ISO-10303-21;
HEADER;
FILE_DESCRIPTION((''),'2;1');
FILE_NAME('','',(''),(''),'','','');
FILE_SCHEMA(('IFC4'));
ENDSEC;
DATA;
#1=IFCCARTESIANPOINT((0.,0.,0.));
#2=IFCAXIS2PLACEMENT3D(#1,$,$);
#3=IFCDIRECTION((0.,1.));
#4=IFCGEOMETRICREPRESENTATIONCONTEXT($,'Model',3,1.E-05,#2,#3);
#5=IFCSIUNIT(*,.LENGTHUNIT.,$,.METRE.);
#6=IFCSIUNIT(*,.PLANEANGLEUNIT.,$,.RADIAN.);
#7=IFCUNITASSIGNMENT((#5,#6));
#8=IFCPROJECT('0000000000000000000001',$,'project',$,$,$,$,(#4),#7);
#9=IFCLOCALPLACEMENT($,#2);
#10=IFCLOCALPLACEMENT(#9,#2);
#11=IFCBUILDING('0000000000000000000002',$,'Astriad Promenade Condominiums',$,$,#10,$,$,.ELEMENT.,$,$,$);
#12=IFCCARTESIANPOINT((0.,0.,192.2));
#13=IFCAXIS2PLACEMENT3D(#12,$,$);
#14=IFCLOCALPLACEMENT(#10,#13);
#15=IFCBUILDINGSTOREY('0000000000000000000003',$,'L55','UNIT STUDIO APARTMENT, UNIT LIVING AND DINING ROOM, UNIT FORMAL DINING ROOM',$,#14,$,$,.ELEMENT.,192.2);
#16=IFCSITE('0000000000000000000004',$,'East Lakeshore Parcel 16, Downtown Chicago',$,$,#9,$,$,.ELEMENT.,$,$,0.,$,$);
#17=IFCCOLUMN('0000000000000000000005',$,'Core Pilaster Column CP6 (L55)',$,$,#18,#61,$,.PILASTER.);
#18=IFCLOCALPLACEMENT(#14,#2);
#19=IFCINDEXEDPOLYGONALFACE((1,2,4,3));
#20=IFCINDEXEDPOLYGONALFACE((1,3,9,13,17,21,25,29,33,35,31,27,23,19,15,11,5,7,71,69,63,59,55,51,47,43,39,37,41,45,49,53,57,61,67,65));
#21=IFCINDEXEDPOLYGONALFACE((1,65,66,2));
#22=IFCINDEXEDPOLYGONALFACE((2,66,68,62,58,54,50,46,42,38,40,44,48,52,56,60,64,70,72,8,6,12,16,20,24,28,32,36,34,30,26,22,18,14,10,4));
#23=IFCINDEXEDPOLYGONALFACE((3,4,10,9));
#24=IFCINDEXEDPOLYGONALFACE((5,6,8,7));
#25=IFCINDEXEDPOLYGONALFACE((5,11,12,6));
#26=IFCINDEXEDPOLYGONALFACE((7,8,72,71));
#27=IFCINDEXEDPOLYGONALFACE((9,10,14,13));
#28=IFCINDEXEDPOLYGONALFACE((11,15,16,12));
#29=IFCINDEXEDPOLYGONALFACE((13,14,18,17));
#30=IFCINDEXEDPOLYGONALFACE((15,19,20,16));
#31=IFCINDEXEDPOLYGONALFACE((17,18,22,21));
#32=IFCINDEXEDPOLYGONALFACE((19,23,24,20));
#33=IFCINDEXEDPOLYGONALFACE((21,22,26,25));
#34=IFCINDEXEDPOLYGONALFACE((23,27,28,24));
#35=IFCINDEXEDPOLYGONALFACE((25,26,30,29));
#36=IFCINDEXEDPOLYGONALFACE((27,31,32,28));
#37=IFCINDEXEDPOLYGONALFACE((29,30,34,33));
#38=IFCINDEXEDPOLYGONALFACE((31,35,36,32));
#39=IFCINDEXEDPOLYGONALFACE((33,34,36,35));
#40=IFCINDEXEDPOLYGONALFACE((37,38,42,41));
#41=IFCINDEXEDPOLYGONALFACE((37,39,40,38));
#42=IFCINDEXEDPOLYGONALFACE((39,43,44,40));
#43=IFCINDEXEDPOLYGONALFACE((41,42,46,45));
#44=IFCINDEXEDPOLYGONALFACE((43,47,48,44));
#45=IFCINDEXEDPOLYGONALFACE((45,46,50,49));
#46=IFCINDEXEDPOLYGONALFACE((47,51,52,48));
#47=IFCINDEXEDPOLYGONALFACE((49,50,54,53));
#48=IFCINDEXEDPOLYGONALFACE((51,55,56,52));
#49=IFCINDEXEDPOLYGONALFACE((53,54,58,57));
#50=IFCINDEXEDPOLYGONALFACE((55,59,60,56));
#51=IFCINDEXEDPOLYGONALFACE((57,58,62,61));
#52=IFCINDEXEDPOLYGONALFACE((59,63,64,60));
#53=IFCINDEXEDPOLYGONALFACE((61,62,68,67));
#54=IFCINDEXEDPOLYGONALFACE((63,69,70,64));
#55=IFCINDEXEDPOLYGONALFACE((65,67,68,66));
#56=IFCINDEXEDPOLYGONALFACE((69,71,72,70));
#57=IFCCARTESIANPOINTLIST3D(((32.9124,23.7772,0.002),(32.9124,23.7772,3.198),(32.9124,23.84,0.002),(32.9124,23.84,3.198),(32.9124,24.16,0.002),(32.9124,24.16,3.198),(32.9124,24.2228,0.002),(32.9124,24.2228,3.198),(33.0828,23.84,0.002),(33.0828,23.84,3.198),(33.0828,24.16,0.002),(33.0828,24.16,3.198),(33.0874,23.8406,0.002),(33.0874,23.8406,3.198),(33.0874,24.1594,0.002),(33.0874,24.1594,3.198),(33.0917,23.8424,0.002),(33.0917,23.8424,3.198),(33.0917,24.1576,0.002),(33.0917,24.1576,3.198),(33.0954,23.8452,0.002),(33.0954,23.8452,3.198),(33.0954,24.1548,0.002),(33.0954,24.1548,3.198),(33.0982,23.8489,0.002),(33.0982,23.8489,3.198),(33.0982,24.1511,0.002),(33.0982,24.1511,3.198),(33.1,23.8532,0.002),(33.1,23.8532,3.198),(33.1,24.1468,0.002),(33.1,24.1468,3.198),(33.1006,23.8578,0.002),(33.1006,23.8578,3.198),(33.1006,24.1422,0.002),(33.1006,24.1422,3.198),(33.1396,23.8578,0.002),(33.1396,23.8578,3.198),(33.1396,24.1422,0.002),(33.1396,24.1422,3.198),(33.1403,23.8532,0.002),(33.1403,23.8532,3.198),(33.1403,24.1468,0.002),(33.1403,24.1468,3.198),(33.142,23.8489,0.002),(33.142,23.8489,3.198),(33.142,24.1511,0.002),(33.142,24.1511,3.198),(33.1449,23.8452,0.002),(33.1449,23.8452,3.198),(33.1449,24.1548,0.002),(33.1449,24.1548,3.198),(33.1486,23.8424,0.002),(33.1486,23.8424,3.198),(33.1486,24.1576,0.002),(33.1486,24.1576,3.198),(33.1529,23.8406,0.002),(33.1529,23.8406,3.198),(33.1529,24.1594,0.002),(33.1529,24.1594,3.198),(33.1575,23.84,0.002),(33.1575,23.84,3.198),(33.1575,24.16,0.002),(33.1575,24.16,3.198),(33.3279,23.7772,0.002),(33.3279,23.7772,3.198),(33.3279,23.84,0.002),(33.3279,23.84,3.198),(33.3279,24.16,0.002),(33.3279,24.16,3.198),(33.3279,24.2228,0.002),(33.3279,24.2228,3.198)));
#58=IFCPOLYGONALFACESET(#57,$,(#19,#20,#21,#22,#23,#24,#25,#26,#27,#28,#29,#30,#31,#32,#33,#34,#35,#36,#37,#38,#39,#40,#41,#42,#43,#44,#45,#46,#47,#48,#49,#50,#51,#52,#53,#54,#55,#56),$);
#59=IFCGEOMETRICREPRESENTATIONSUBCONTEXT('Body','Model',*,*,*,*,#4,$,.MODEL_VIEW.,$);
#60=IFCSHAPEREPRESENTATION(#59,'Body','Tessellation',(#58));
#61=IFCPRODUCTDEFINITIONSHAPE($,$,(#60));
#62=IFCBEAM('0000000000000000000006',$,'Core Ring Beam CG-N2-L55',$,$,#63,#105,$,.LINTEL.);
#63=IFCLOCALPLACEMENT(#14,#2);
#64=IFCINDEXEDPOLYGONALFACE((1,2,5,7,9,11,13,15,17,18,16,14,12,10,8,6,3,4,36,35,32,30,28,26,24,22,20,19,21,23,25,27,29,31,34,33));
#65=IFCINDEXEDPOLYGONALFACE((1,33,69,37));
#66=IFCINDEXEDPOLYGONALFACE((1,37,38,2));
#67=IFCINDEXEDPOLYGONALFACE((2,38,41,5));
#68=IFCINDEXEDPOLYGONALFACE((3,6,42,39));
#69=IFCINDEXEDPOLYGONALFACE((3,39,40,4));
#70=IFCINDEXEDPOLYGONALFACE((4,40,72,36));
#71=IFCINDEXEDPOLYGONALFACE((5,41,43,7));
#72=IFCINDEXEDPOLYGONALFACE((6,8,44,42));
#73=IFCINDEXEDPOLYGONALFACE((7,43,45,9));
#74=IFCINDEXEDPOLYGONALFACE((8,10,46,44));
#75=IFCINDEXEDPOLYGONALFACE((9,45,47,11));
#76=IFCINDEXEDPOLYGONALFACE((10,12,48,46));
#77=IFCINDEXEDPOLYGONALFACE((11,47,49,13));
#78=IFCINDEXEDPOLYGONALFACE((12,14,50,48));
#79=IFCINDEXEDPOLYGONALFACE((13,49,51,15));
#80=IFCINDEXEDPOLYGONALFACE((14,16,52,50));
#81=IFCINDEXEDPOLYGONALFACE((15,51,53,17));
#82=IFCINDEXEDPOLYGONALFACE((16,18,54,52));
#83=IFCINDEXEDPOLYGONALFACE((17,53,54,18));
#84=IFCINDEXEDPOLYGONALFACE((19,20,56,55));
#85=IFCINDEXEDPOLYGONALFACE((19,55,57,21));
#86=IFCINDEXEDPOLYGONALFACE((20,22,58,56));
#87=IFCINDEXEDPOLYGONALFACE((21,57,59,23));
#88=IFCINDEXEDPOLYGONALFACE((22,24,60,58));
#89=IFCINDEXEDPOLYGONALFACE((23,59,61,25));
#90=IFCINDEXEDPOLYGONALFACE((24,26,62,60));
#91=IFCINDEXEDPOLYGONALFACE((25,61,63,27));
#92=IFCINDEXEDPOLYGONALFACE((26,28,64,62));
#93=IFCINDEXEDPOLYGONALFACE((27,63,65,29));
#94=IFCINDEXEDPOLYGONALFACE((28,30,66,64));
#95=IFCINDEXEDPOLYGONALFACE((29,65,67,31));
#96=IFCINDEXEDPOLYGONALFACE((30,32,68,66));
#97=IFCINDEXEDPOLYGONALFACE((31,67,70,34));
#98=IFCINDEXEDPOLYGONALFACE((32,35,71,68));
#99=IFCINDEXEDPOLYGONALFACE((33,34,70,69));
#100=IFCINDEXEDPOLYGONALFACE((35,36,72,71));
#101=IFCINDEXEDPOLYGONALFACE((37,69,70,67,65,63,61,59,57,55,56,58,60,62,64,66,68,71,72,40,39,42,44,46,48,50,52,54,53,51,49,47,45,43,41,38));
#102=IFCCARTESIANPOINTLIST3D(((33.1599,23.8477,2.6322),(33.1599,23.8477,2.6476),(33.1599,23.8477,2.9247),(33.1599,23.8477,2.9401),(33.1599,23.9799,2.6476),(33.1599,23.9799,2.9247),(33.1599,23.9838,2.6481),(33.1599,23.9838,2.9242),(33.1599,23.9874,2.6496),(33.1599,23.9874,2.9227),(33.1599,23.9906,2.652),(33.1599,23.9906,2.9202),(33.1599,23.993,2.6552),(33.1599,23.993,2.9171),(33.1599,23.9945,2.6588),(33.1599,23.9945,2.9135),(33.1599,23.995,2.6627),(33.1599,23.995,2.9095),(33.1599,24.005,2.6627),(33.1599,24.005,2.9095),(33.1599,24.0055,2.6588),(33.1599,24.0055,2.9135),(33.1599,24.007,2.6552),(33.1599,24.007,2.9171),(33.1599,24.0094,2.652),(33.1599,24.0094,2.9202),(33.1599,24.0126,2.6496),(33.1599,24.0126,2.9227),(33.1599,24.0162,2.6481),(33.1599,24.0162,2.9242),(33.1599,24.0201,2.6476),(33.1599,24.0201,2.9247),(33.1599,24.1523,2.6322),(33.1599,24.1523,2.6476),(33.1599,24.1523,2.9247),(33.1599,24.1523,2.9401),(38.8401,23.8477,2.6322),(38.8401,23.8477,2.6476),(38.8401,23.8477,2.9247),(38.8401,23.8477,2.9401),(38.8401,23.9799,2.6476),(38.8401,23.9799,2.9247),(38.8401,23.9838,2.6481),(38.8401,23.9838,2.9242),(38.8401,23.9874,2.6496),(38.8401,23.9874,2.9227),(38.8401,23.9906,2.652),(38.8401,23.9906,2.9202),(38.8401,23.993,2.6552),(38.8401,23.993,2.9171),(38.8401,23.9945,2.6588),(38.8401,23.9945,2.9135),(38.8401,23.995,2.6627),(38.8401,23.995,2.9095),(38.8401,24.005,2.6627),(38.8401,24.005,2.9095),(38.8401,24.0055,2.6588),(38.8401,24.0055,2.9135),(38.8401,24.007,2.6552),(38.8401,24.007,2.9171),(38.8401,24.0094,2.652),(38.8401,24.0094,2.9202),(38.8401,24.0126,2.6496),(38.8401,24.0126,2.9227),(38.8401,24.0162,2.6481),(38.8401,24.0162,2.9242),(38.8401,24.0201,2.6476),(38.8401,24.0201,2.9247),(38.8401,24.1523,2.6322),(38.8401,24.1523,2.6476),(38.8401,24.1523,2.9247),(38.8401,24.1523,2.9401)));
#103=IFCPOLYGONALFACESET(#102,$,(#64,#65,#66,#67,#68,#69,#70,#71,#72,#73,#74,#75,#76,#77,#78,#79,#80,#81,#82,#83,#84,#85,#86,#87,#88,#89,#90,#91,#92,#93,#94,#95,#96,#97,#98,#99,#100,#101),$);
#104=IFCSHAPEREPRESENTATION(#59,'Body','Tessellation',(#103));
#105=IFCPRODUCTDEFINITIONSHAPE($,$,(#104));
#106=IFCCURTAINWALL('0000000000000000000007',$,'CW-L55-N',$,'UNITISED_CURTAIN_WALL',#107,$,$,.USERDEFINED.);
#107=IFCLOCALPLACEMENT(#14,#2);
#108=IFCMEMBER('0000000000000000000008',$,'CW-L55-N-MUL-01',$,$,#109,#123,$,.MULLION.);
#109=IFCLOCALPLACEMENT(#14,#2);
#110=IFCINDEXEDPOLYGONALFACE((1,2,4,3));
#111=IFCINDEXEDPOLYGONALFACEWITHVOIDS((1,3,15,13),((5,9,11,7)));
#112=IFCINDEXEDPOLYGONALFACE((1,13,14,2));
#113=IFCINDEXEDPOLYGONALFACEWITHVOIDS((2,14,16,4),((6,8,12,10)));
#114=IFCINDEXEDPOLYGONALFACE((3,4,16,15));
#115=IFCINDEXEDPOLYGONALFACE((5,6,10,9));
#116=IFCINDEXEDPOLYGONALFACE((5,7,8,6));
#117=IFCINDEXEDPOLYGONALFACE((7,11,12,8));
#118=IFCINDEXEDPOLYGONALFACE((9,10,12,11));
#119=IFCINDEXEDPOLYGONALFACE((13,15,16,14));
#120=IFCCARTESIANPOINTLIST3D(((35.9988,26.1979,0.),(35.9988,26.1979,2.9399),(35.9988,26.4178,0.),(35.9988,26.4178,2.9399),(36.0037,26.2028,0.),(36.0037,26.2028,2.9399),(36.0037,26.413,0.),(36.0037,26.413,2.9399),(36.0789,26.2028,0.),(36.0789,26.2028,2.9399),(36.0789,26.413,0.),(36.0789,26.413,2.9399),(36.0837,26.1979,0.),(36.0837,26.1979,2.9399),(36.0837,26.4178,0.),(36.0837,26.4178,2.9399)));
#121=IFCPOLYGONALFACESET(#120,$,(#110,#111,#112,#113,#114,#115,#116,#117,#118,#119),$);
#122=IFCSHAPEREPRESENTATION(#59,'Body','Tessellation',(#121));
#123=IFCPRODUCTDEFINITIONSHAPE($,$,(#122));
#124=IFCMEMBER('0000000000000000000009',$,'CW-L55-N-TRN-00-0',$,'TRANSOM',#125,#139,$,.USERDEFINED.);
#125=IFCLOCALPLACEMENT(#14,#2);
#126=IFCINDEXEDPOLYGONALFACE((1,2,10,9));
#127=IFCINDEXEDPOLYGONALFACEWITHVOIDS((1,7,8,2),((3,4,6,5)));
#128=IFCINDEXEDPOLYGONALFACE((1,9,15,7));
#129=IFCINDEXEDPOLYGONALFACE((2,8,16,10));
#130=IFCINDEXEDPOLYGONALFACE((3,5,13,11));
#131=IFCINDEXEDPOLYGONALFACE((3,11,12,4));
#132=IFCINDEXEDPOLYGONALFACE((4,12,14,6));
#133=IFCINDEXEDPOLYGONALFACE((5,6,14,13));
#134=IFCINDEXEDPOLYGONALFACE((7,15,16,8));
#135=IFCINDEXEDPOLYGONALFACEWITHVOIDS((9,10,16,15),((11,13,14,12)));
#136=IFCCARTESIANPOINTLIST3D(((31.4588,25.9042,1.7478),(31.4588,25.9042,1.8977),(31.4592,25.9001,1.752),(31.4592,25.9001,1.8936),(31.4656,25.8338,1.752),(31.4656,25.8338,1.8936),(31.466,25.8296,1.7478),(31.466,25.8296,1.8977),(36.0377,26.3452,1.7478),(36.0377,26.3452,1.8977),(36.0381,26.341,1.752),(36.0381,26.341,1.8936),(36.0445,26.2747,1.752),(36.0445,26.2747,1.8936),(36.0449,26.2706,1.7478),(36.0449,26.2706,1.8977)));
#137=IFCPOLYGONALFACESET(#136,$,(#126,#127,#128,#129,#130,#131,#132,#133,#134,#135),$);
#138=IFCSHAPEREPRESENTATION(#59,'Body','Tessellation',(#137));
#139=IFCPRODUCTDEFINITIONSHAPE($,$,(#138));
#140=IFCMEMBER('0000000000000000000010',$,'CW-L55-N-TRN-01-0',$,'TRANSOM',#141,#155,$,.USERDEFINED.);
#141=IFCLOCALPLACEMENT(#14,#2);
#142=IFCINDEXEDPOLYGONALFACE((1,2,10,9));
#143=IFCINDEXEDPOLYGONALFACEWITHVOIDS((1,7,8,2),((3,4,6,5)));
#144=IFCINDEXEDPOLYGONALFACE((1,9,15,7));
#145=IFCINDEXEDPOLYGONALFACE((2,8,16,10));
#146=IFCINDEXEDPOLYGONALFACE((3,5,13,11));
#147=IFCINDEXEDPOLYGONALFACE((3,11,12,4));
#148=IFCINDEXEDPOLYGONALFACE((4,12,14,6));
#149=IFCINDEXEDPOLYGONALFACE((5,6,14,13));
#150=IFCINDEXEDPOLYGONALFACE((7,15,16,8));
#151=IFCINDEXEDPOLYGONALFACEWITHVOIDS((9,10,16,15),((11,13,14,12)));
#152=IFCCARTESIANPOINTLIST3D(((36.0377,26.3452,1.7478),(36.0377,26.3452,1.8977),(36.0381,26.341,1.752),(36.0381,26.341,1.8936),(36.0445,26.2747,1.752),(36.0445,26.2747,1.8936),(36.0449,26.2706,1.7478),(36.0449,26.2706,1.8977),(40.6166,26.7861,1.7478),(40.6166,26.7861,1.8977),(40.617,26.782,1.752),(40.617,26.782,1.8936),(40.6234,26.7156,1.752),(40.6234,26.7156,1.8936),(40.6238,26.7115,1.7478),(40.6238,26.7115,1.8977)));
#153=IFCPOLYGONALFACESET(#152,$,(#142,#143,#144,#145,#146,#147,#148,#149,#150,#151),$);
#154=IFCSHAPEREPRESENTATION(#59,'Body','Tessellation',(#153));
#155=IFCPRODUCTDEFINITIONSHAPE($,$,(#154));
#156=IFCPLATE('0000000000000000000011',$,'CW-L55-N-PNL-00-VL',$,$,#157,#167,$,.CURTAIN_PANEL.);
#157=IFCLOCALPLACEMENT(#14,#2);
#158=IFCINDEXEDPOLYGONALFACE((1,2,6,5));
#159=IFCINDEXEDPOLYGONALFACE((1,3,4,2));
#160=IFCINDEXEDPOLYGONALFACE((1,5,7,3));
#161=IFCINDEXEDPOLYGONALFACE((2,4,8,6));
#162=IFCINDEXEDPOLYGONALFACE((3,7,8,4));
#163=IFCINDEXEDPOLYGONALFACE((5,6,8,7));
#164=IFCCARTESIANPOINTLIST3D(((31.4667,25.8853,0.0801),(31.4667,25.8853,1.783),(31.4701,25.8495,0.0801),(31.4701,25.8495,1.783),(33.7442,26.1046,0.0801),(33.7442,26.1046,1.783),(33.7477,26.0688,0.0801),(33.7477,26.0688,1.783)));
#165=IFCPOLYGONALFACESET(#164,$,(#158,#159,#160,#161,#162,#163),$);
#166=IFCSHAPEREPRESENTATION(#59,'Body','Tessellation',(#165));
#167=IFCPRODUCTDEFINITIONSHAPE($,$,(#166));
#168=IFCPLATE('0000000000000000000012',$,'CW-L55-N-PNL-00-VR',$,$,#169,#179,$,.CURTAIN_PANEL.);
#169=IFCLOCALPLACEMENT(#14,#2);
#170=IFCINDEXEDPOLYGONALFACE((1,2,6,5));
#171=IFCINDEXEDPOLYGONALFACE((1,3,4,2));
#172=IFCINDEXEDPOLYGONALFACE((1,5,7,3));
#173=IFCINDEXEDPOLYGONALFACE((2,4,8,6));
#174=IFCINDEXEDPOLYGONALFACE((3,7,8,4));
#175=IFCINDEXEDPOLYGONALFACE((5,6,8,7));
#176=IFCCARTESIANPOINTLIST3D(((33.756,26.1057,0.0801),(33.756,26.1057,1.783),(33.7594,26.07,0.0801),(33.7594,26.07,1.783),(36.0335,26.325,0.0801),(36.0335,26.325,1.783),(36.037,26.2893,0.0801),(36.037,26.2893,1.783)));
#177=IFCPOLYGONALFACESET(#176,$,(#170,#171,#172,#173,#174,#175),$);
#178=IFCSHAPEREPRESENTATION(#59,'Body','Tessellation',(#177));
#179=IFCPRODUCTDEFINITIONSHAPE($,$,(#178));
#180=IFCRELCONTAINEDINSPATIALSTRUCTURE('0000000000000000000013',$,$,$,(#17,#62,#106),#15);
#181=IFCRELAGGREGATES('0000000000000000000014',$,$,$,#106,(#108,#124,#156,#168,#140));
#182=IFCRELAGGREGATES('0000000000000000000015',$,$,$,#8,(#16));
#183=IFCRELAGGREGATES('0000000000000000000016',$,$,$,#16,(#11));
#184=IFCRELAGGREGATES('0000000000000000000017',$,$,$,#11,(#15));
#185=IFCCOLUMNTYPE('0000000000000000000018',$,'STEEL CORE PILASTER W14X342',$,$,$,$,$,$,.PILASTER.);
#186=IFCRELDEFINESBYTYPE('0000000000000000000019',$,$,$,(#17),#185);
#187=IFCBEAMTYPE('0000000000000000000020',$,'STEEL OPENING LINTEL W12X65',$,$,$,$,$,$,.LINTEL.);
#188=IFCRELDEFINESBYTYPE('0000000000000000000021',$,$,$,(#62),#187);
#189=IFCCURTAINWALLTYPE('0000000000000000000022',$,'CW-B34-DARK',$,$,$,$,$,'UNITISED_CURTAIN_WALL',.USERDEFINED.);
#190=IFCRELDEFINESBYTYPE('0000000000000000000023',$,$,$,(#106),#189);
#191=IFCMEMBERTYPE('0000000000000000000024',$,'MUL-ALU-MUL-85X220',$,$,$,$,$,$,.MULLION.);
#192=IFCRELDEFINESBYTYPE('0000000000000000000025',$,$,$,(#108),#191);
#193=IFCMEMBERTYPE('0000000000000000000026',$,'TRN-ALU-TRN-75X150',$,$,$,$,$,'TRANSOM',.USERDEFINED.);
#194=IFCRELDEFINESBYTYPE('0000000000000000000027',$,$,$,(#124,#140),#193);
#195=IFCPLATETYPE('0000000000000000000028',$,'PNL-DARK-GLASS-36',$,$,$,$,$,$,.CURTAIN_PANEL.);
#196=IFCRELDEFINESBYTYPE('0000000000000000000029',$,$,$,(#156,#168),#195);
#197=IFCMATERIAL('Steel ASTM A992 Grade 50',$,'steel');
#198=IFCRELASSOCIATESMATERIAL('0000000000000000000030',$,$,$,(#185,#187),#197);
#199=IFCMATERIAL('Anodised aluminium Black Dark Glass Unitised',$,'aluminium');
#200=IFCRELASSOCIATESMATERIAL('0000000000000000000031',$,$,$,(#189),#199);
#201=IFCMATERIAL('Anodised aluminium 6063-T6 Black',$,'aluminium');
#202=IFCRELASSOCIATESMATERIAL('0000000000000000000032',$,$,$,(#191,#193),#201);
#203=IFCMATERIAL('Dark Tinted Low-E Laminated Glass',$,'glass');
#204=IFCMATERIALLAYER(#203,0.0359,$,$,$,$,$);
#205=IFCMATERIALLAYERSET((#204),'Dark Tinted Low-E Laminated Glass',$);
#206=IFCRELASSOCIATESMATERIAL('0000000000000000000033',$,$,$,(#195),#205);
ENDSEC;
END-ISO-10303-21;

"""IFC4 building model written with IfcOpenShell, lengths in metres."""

from ifc_helpers import new_model, si_unit, direction, frame, origin, origin_2d, place, context, subcontext, project, spatial, rectangle, hollow_rectangle, i_section, extrude, source, transform, mapped, material, layer, layer_set, material_profile, profile_set, type_object, type_shapes, element, aggregate, save


model = new_model("IFC4")

# Units and contexts
model_context = context("Model", 3, precision=1e-05, world=origin(), true_north=direction((0.0, 1.0)))
body_context = subcontext(model_context, "Body", "Model", "MODEL_VIEW")
ifc_project = project(units=[si_unit("LENGTHUNIT", "METRE"), si_unit("PLANEANGLEUNIT", "RADIAN")], contexts=[model_context])

# Site, building, storey
site_placement = place(None, origin())
site = spatial("IfcSite", under=ifc_project, at=site_placement, Name="East Lakeshore Parcel 16, Downtown Chicago", CompositionType="ELEMENT", RefElevation=0.0)
building_placement = place(site_placement, origin())
building = spatial("IfcBuilding", under=site, at=building_placement, Name="Astriad Promenade Condominiums", CompositionType="ELEMENT")
storey_placement = place(building_placement, frame((0.0, 0.0, 192.2)))
storey = spatial("IfcBuildingStorey", under=building, at=storey_placement, Name="L55", Description="UNIT STUDIO APARTMENT, UNIT LIVING AND DINING ROOM, UNIT FORMAL DINING ROOM", CompositionType="ELEMENT", Elevation=192.2)

# Column
ifc_material_1 = material(Name="Steel ASTM A992 Grade 50", Category="steel")
ifc_material_profile_1 = material_profile(ifc_material_1, i_section(OverallWidth=0.4155, OverallDepth=0.4456, WebThickness=0.0391, FlangeThickness=0.0627, FilletRadius=0.0178, at=origin_2d()), Name="W14X342")
ifc_profile_set_1 = profile_set([ifc_material_profile_1], Name="Steel ASTM A992 Grade 50")
column_type = type_object("IfcColumnType", Name="STEEL CORE PILASTER W14X342", PredefinedType="PILASTER", material=ifc_profile_set_1)
shared_shape_1 = source(origin(), body_context, "Body", "SweptSolid", [
    extrude(i_section(OverallWidth=0.4155, OverallDepth=0.4456, WebThickness=0.0391, FlangeThickness=0.0627, FilletRadius=0.0178, at=origin_2d()), origin(), (0.0, 0.0, 1.0), 3.196),
])
type_shapes(column_type, [shared_shape_1])
column_placement = place(storey_placement, frame((33.1201, 24.0, 0.002), z_axis=(0.0, 0.0, 1.0), x_axis=(1.0, 0.0, 0.0)))
element("IfcColumn", 1, at=column_placement, inside=storey, type_object=column_type, Name="Core Pilaster Column CP6 (L55)", PredefinedType="PILASTER", context=body_context, shape_type="MappedRepresentation", body=[
    mapped(shared_shape_1, transform((0.0, 0.0, 0.0), scale=1.0)),
])

# Beam
ifc_material_profile_2 = material_profile(ifc_material_1, i_section(OverallWidth=0.3047, OverallDepth=0.3079, WebThickness=0.01, FlangeThickness=0.0154, FilletRadius=0.0151, at=origin_2d()), Name="W12X65")
ifc_profile_set_2 = profile_set([ifc_material_profile_2], Name="Steel ASTM A992 Grade 50")
beam_type = type_object("IfcBeamType", Name="STEEL OPENING LINTEL W12X65", PredefinedType="LINTEL", material=ifc_profile_set_2)
shared_shape_2 = source(origin(), body_context, "Body", "SweptSolid", [
    extrude(i_section(OverallWidth=0.3047, OverallDepth=0.3079, WebThickness=0.01, FlangeThickness=0.0154, FilletRadius=0.0151, at=origin_2d()), origin(), (0.0, 0.0, 1.0), 5.6802),
])
type_shapes(beam_type, [shared_shape_2])
beam_placement = place(storey_placement, frame((33.1599, 24.0, 2.7861), z_axis=(1.0, 0.0, 0.0), x_axis=(0.0, 1.0, 0.0)))
element("IfcBeam", 2, at=beam_placement, inside=storey, type_object=beam_type, Name="Core Ring Beam CG-N2-L55", PredefinedType="LINTEL", context=body_context, shape_type="MappedRepresentation", body=[
    mapped(shared_shape_2, transform((0.0, 0.0, 0.0), scale=1.0)),
])

# Curtain wall, members, plates
ifc_material_2 = material(Name="Anodised aluminium Black Dark Glass Unitised", Category="aluminium")
curtain_wall_type = type_object("IfcCurtainWallType", Name="CW-B34-DARK", ElementType="UNITISED_CURTAIN_WALL", PredefinedType="USERDEFINED", material=ifc_material_2)
curtain_wall_placement = place(storey_placement, origin())
curtain_wall = element("IfcCurtainWall", 3, at=curtain_wall_placement, inside=storey, type_object=curtain_wall_type, Name="CW-L55-N", ObjectType="UNITISED_CURTAIN_WALL", PredefinedType="USERDEFINED")
ifc_material_3 = material(Name="Anodised aluminium 6063-T6 Black", Category="aluminium")
ifc_material_profile_3 = material_profile(ifc_material_3, hollow_rectangle(XDim=0.085, YDim=0.22, WallThickness=0.0049, at=origin_2d()), Name="ALU-MUL-85X220")
ifc_profile_set_3 = profile_set([ifc_material_profile_3], Name="Anodised aluminium 6063-T6 Black")
member_type_1 = type_object("IfcMemberType", Name="MUL-ALU-MUL-85X220", PredefinedType="MULLION", material=ifc_profile_set_3)
shared_shape_3 = source(origin(), body_context, "Body", "SweptSolid", [
    extrude(hollow_rectangle(XDim=0.085, YDim=0.22, WallThickness=0.0049, at=origin_2d()), origin(), (0.0, 0.0, 1.0), 2.9399),
])
type_shapes(member_type_1, [shared_shape_3])
member_1_placement = place(storey_placement, frame((36.0413, 26.3079, 0.0), z_axis=(0.0, 0.0, 1.0), x_axis=(1.0, 0.0, 0.0)))
member_1 = element("IfcMember", 4, at=member_1_placement, type_object=member_type_1, Name="CW-L55-N-MUL-01", PredefinedType="MULLION", context=body_context, shape_type="MappedRepresentation", body=[
    mapped(shared_shape_3, transform((0.0, 0.0, 0.0), scale=1.0)),
])
ifc_material_profile_4 = material_profile(ifc_material_3, hollow_rectangle(XDim=0.075, YDim=0.1499, WallThickness=0.0042, at=origin_2d()), Name="ALU-TRN-75X150")
ifc_profile_set_4 = profile_set([ifc_material_profile_4], Name="Anodised aluminium 6063-T6 Black")
member_type_2 = type_object("IfcMemberType", Name="TRN-ALU-TRN-75X150", ElementType="TRANSOM", PredefinedType="USERDEFINED", material=ifc_profile_set_4)
shared_shape_4 = source(origin(), body_context, "Body", "SweptSolid", [
    extrude(hollow_rectangle(XDim=0.075, YDim=0.1499, WallThickness=0.0042, at=origin_2d()), origin(), (0.0, 0.0, 1.0), 4.6001),
])
type_shapes(member_type_2, [shared_shape_4])
member_2_placement = place(storey_placement, frame((31.4624, 25.8669, 1.8228), z_axis=(0.995396, 0.095851, 0.0), x_axis=(-0.095851, 0.995396, 0.0)))
member_2 = element("IfcMember", 5, at=member_2_placement, type_object=member_type_2, Name="CW-L55-N-TRN-00-0", ObjectType="TRANSOM", PredefinedType="USERDEFINED", context=body_context, shape_type="MappedRepresentation", body=[
    mapped(shared_shape_4, transform((0.0, 0.0, 0.0), scale=1.0)),
])
member_3_placement = place(storey_placement, frame((36.0413, 26.3079, 1.8228), z_axis=(0.995396, 0.095851, 0.0), x_axis=(-0.095851, 0.995396, 0.0)))
member_3 = element("IfcMember", 6, at=member_3_placement, type_object=member_type_2, Name="CW-L55-N-TRN-01-0", ObjectType="TRANSOM", PredefinedType="USERDEFINED", context=body_context, shape_type="MappedRepresentation", body=[
    mapped(shared_shape_4, transform((0.0, 0.0, 0.0), scale=1.0)),
])
ifc_material_4 = material(Name="Dark Tinted Low-E Laminated Glass", Category="glass")
ifc_layer_1 = layer(ifc_material_4, 0.0359)
ifc_layer_set_1 = layer_set([ifc_layer_1], Name="Dark Tinted Low-E Laminated Glass")
plate_type = type_object("IfcPlateType", Name="PNL-DARK-GLASS-36", PredefinedType="CURTAIN_PANEL", material=ifc_layer_set_1)
shared_shape_5 = source(origin(), body_context, "Body", "SweptSolid", [
    extrude(rectangle(XDim=2.2881, YDim=0.0359, at=origin_2d()), origin(), (0.0, 0.0, 1.0), 1.7029),
])
plate_1_placement = place(storey_placement, frame((32.6072, 25.9771, 0.0801), z_axis=(0.0, 0.0, 1.0), x_axis=(0.995396, 0.095846, 0.0)))
plate_1 = element("IfcPlate", 7, at=plate_1_placement, type_object=plate_type, Name="CW-L55-N-PNL-00-VL", PredefinedType="CURTAIN_PANEL", context=body_context, shape_type="MappedRepresentation", body=[
    mapped(shared_shape_5, transform((0.0, 0.0, 0.0), scale=1.0)),
])
plate_2_placement = place(storey_placement, frame((34.8965, 26.1975, 0.0801), z_axis=(0.0, 0.0, 1.0), x_axis=(0.995396, 0.095846, 0.0)))
plate_2 = element("IfcPlate", 8, at=plate_2_placement, type_object=plate_type, Name="CW-L55-N-PNL-00-VR", PredefinedType="CURTAIN_PANEL", context=body_context, shape_type="MappedRepresentation", body=[
    mapped(shared_shape_5, transform((0.0, 0.0, 0.0), scale=1.0)),
])
aggregate(curtain_wall, [member_1, member_2, plate_1, plate_2, member_3])

save(model, "model.ifc")
